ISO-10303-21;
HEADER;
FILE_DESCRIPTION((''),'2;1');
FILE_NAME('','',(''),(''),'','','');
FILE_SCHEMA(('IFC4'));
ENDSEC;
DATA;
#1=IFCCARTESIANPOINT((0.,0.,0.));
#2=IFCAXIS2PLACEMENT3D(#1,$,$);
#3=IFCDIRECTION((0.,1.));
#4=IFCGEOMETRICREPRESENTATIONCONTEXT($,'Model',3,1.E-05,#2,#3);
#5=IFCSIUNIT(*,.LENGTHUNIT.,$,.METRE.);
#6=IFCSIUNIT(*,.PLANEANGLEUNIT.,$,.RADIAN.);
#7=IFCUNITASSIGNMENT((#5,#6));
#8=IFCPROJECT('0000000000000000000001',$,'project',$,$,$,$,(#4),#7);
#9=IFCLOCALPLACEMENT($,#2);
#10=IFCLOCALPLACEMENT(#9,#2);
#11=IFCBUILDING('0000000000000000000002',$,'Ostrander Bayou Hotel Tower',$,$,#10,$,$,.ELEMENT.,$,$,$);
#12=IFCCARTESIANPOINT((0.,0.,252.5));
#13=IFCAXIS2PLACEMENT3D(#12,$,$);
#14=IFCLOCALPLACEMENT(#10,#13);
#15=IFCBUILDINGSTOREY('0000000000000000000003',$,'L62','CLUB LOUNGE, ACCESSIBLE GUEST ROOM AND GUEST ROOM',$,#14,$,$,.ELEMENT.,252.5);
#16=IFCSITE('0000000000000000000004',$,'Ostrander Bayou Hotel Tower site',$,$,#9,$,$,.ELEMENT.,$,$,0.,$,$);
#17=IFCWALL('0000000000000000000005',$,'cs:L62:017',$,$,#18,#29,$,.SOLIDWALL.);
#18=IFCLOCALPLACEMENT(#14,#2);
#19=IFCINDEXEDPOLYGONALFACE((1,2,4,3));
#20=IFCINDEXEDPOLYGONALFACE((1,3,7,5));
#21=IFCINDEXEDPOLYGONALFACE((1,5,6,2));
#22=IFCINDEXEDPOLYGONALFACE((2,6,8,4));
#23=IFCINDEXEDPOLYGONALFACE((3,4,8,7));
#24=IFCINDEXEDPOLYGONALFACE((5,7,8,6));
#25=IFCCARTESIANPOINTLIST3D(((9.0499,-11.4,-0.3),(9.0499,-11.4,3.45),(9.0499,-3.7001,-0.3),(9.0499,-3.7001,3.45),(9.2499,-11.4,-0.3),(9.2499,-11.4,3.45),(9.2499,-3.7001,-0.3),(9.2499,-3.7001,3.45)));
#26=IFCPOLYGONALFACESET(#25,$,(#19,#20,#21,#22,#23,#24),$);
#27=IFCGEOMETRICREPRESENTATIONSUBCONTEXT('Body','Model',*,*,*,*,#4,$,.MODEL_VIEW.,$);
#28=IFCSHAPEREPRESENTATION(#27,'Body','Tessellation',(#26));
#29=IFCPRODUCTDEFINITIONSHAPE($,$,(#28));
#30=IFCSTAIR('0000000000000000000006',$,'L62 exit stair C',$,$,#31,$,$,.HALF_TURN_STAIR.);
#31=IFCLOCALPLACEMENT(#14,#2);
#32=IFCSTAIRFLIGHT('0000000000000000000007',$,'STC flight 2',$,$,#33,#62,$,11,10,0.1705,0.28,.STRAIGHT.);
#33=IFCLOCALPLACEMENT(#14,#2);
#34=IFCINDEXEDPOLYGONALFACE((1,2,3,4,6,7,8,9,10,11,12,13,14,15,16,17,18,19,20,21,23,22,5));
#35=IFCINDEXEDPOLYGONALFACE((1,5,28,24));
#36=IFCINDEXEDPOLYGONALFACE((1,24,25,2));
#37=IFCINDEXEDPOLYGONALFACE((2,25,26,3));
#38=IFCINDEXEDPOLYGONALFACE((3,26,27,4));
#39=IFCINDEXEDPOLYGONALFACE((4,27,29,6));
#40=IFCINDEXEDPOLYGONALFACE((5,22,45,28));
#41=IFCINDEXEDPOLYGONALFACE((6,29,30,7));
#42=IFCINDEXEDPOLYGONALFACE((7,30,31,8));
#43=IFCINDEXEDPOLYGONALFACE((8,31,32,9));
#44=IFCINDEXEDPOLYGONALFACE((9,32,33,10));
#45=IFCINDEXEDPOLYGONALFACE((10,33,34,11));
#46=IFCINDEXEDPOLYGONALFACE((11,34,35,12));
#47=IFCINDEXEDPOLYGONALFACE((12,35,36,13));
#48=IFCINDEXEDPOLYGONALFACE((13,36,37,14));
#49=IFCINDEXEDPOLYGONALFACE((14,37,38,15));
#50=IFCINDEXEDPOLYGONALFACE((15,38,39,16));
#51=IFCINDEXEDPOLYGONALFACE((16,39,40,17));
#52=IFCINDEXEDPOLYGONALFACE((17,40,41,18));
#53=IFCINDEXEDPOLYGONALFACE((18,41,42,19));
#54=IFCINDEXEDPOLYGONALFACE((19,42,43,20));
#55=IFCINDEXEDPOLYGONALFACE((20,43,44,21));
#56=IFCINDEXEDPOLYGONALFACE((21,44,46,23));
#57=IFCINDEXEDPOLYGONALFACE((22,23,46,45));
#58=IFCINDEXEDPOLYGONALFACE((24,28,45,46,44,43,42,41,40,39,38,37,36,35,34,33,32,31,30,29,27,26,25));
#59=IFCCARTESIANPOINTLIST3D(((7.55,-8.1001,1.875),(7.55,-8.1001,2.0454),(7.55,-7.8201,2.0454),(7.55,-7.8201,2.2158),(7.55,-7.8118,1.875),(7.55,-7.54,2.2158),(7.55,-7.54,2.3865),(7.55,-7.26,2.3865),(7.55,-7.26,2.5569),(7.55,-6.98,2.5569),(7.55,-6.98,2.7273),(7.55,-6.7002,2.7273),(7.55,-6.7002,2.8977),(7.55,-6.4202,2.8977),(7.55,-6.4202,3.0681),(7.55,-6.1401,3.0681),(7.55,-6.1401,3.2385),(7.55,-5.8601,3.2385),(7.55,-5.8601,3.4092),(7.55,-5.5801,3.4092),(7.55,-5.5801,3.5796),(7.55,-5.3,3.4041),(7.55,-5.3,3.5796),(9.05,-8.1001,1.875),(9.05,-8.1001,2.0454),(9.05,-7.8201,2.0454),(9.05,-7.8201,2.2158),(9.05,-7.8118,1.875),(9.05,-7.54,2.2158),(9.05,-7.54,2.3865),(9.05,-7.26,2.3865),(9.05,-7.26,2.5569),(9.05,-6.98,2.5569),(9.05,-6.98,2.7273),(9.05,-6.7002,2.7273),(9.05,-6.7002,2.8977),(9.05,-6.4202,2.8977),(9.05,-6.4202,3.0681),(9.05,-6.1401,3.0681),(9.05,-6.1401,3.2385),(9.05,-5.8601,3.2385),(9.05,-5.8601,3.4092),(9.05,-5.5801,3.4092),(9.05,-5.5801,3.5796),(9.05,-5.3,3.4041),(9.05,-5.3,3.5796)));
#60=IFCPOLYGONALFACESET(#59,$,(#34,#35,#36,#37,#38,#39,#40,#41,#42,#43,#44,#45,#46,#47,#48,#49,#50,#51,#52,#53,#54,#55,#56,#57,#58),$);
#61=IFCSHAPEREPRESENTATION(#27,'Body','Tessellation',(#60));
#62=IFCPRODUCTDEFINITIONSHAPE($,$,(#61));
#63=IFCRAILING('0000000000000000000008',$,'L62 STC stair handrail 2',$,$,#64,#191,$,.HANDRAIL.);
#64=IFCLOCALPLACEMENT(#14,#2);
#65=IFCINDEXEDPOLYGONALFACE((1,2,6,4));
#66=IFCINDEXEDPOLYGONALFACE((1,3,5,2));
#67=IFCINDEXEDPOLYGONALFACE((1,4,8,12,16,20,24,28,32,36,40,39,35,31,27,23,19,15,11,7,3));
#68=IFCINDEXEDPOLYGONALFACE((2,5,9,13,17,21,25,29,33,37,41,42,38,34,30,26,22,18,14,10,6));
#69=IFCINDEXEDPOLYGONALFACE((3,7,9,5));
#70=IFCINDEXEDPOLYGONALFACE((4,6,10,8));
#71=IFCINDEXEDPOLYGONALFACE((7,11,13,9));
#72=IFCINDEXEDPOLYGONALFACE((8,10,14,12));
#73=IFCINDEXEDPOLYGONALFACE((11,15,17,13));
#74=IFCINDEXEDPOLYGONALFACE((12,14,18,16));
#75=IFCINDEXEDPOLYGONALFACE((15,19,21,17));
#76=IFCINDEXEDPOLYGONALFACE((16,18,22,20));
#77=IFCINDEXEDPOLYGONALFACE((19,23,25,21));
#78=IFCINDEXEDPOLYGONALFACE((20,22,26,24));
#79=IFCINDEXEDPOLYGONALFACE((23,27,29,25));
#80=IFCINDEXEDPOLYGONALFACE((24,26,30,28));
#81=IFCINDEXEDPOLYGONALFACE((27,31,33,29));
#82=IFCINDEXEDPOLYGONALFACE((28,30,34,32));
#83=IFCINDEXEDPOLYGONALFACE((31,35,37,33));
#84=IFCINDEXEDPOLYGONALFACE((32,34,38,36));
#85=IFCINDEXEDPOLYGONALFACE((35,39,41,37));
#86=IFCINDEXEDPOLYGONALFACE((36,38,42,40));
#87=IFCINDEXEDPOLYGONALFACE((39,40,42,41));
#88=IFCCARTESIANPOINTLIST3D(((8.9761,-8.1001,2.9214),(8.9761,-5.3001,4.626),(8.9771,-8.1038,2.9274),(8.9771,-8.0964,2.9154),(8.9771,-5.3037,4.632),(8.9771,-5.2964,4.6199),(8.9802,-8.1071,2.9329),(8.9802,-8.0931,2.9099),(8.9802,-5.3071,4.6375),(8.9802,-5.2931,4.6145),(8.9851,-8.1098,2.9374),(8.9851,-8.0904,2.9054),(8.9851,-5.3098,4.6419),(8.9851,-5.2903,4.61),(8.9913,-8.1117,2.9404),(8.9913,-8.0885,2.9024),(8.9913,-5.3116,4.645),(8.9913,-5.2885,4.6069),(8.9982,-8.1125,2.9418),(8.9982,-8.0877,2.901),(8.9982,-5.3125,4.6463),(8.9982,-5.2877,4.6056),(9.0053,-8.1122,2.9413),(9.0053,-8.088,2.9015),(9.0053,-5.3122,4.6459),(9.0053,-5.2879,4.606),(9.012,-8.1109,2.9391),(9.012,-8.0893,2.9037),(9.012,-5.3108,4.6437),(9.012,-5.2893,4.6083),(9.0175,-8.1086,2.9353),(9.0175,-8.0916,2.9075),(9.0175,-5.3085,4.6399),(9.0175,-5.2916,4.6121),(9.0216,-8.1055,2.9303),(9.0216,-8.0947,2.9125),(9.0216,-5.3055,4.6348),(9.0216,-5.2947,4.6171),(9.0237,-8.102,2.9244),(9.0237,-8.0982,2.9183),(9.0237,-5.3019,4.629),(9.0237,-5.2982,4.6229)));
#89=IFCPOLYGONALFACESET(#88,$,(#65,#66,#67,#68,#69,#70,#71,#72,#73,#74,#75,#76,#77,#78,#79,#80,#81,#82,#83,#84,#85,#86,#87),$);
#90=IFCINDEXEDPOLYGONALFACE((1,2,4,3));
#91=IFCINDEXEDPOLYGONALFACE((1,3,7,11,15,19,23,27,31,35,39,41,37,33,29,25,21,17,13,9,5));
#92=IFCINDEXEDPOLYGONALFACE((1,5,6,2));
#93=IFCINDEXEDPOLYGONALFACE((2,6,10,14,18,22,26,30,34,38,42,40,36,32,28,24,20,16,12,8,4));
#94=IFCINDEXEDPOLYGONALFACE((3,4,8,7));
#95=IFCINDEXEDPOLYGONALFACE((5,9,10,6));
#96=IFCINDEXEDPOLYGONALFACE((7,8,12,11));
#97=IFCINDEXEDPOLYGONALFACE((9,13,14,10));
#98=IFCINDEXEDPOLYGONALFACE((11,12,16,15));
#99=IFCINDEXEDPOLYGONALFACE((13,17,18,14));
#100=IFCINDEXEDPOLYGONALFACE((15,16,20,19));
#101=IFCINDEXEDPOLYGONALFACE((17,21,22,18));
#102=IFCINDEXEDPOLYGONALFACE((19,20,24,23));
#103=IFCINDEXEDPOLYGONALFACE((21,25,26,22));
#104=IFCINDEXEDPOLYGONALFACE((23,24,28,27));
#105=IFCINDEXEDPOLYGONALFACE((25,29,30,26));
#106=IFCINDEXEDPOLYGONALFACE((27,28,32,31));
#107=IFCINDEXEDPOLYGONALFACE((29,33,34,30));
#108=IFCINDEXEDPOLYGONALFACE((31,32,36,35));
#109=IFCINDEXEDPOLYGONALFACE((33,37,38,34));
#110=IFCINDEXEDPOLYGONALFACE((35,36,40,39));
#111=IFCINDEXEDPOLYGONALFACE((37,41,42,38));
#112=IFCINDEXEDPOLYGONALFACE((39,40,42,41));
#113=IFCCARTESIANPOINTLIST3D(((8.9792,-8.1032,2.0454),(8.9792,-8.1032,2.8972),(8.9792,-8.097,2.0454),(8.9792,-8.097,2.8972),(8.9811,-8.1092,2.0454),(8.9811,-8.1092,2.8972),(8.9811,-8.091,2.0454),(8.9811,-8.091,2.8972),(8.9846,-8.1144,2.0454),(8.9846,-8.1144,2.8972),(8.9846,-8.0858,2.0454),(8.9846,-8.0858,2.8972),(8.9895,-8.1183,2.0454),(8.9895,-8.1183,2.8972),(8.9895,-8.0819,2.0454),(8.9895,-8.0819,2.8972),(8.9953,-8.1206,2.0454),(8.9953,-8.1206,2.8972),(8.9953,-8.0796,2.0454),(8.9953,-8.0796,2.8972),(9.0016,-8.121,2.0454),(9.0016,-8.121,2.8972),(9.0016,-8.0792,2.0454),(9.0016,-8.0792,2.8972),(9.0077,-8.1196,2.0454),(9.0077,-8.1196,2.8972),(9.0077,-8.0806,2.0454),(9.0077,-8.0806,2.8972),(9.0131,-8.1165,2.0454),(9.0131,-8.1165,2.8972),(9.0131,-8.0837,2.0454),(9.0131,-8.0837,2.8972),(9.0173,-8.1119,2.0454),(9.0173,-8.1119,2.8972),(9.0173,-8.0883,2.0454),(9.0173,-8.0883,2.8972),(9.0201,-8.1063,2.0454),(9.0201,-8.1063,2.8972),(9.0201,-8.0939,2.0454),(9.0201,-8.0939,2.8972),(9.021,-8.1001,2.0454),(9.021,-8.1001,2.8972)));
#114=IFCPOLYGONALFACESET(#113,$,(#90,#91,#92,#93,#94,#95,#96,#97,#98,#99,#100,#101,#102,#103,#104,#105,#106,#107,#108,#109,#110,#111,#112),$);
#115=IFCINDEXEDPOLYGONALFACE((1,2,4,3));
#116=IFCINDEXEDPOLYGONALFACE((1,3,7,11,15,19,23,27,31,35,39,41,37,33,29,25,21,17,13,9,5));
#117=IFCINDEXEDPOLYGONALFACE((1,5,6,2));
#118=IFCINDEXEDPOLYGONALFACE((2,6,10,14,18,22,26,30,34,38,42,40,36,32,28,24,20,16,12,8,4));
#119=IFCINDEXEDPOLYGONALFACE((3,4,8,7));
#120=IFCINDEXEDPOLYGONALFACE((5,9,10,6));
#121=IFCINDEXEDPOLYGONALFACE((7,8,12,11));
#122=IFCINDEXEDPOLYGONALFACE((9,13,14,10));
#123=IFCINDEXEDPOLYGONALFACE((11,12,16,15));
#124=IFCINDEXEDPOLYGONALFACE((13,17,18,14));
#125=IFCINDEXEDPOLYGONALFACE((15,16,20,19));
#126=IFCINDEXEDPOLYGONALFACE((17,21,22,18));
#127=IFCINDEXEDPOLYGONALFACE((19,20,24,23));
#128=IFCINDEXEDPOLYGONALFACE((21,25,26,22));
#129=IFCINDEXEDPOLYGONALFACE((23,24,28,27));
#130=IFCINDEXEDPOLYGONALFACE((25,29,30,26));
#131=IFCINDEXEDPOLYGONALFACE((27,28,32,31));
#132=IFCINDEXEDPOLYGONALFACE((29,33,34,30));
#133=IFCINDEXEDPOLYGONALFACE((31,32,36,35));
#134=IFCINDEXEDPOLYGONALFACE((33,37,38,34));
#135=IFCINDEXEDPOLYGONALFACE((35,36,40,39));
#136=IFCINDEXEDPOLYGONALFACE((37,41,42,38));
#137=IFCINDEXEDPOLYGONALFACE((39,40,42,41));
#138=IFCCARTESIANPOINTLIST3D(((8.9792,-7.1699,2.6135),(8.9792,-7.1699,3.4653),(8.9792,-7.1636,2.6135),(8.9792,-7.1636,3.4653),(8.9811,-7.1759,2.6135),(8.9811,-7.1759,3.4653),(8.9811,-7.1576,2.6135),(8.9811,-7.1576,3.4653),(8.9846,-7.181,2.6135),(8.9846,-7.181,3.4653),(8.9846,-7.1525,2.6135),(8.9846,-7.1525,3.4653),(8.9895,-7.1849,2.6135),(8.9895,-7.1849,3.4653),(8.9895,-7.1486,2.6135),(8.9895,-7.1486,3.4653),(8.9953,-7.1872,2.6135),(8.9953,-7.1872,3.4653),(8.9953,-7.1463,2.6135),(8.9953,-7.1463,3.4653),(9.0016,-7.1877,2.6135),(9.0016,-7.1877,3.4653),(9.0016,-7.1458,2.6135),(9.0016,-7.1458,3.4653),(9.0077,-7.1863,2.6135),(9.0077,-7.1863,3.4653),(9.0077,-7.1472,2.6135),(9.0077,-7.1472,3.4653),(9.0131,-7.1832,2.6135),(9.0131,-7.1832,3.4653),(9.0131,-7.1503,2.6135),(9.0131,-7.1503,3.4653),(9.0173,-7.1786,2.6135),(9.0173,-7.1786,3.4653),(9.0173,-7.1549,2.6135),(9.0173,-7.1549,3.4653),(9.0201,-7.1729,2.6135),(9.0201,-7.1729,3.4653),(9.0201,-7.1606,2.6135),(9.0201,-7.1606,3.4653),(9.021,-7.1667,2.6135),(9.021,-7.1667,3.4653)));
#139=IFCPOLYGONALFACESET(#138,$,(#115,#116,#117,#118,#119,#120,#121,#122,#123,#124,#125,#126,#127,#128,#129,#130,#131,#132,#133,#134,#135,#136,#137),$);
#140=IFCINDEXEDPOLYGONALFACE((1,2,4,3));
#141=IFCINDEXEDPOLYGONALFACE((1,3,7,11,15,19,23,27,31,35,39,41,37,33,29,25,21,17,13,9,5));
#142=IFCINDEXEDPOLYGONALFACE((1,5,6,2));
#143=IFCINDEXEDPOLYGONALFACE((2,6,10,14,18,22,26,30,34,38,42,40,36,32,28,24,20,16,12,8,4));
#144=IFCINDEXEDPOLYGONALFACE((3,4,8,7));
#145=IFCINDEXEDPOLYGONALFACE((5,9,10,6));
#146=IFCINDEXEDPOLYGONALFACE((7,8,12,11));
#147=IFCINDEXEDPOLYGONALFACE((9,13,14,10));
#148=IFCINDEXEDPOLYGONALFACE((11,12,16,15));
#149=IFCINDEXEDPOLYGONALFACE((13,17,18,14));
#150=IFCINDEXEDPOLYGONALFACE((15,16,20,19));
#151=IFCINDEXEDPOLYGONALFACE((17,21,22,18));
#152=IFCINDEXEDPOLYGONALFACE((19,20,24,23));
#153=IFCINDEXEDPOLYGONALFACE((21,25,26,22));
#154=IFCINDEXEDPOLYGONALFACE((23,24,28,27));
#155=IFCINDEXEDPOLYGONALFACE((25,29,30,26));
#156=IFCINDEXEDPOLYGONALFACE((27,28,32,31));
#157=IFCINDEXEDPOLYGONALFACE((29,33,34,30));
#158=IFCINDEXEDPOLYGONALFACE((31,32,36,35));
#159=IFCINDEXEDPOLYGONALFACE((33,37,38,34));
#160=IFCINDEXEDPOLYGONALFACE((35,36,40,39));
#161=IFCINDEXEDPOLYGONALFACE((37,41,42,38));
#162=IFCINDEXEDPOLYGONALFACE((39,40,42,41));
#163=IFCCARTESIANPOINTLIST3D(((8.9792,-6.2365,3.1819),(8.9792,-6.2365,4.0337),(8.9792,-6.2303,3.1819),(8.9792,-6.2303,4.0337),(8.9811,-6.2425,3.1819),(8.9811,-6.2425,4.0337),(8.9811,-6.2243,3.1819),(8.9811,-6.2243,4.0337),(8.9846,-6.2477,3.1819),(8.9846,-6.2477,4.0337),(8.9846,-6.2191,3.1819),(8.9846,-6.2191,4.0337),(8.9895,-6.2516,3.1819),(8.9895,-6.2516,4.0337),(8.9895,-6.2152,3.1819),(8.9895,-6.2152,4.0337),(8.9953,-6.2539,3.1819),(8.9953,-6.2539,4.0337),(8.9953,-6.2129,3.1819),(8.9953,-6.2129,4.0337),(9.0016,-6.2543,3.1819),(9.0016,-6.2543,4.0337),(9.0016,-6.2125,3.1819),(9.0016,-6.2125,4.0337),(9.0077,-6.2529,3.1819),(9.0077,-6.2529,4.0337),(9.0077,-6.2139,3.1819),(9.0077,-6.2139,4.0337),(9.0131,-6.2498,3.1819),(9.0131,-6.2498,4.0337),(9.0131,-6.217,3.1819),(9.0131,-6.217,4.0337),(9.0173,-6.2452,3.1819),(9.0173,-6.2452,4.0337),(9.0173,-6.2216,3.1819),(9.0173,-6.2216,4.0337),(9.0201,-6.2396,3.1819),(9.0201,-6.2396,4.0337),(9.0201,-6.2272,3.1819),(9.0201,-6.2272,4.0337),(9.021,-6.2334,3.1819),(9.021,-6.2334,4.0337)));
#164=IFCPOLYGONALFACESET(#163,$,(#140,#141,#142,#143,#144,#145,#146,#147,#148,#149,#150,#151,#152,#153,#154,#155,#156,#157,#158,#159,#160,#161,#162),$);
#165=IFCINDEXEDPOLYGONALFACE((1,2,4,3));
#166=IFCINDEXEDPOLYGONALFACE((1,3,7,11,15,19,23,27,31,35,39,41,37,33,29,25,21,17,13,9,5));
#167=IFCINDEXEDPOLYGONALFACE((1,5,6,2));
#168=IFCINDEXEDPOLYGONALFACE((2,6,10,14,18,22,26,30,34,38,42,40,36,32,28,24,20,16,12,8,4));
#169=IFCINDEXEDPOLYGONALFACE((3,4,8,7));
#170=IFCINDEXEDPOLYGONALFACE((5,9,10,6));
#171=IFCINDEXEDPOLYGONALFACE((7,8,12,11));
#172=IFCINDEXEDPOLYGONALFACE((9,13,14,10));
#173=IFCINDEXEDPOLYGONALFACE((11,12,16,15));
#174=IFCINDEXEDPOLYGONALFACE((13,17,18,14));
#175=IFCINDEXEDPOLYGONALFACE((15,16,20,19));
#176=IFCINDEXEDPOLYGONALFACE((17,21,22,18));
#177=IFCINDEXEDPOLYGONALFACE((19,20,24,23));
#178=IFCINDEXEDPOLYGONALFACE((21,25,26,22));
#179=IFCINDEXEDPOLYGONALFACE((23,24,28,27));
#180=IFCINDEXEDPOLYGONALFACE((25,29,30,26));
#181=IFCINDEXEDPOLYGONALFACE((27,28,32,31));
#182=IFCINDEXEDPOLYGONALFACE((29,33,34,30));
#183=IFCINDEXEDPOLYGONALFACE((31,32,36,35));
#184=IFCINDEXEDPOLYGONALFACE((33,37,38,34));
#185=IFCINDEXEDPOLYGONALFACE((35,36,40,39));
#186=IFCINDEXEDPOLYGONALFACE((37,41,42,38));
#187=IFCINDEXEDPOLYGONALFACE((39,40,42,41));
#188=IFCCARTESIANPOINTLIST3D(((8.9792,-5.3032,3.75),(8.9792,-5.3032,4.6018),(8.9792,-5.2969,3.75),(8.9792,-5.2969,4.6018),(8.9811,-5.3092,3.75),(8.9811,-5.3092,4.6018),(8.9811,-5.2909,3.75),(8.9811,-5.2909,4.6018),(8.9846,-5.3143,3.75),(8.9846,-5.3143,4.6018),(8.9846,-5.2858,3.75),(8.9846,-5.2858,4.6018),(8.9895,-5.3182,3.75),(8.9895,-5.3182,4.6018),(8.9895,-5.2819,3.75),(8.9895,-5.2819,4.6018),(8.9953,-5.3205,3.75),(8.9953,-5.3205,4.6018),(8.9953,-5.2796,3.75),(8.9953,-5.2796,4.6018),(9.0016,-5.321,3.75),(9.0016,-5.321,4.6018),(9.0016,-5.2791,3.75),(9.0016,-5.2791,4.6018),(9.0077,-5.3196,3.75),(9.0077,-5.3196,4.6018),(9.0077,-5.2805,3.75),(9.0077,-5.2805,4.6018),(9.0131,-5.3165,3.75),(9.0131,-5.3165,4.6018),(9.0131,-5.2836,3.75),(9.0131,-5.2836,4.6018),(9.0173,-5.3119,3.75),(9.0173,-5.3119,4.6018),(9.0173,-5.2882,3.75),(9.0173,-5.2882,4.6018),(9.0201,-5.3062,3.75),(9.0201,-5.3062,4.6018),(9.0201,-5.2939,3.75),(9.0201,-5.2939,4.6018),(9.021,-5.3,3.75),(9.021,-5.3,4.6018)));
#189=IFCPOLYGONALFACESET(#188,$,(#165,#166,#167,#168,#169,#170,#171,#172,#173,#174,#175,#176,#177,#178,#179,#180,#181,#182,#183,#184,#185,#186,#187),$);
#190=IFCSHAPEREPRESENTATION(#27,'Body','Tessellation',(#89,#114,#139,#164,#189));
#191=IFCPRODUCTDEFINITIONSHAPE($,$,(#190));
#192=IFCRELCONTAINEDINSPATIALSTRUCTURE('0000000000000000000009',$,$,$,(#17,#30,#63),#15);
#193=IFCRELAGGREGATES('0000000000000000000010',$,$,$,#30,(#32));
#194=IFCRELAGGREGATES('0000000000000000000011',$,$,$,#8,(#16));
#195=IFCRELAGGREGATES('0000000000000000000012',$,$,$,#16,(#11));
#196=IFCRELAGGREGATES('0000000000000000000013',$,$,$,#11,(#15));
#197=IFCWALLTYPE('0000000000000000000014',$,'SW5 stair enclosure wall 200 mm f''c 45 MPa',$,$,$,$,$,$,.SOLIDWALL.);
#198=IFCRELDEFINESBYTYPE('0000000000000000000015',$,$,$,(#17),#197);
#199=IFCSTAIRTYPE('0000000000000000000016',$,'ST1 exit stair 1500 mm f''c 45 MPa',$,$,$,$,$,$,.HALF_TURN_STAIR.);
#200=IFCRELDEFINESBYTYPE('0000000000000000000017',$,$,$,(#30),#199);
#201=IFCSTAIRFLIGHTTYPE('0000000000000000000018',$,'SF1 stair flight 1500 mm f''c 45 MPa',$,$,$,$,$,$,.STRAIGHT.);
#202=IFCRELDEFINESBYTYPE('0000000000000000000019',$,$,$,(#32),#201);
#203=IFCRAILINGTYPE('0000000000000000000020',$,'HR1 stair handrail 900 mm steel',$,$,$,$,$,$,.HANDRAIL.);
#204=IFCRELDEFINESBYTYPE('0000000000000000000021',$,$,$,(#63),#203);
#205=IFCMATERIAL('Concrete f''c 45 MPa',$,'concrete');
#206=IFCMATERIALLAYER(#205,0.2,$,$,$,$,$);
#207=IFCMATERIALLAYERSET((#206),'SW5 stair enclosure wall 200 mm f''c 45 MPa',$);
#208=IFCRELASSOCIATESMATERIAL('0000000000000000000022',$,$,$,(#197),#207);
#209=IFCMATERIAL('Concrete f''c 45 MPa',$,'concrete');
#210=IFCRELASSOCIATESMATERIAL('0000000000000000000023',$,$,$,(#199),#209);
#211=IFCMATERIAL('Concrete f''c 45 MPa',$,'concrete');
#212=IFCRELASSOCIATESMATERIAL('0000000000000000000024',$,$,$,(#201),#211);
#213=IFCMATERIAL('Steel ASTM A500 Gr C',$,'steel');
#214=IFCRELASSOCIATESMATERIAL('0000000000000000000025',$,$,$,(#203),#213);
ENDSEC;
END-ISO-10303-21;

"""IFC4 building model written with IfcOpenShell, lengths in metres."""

from ifc_helpers import new_model, si_unit, direction, frame, frame_2d, origin, origin_2d, place, context, subcontext, project, spatial, polyline, rectangle, circle, outline, extrude, material, layer, layer_set, type_object, element, aggregate, save


model = new_model("IFC4")

# Units and contexts
model_context = context("Model", 3, precision=1e-05, world=origin(), true_north=direction((0.0, 1.0)))
body_context = subcontext(model_context, "Body", "Model", "MODEL_VIEW")
ifc_project = project(units=[si_unit("LENGTHUNIT", "METRE"), si_unit("PLANEANGLEUNIT", "RADIAN")], contexts=[model_context])

# Site, building, storey
site_placement = place(None, origin())
site = spatial("IfcSite", under=ifc_project, at=site_placement, Name="Ostrander Bayou Hotel Tower site", CompositionType="ELEMENT", RefElevation=0.0)
building_placement = place(site_placement, origin())
building = spatial("IfcBuilding", under=site, at=building_placement, Name="Ostrander Bayou Hotel Tower", CompositionType="ELEMENT")
storey_placement = place(building_placement, frame((0.0, 0.0, 252.5)))
storey = spatial("IfcBuildingStorey", under=building, at=storey_placement, Name="L62", Description="CLUB LOUNGE, ACCESSIBLE GUEST ROOM AND GUEST ROOM", CompositionType="ELEMENT", Elevation=252.5)

# Wall
ifc_material_1 = material(Name="Concrete f'c 45 MPa", Category="concrete")
ifc_layer_1 = layer(ifc_material_1, 0.2)
ifc_layer_set_1 = layer_set([ifc_layer_1], Name="SW5 stair enclosure wall 200 mm f'c 45 MPa")
wall_type_1 = type_object("IfcWallType", Name="SW5 stair enclosure wall 200 mm f'c 45 MPa", PredefinedType="SOLIDWALL", material=ifc_layer_set_1)
wall_1_placement = place(storey_placement, frame((9.1499, -3.7, -0.3), z_axis=(0.0, 0.0, 1.0), x_axis=(0.0, -1.0, 0.0)))
element("IfcWall", 1, at=wall_1_placement, inside=storey, type_object=wall_type_1, Name="cs:L62:017", PredefinedType="SOLIDWALL", context=body_context, shape_type="SweptSolid", body=[
    extrude(rectangle(XDim=7.7, YDim=0.2, at=frame_2d((3.8501, 0.0))), origin(), (0.0, 0.0, 1.0), 3.75),
])

# Stair, stair flight
ifc_material_2 = material(Name="Concrete f'c 45 MPa", Category="concrete")
stair_type = type_object("IfcStairType", Name="ST1 exit stair 1500 mm f'c 45 MPa", PredefinedType="HALF_TURN_STAIR", material=ifc_material_2)
stair_placement = place(storey_placement, origin())
stair = element("IfcStair", 2, at=stair_placement, inside=storey, type_object=stair_type, Name="L62 exit stair C", PredefinedType="HALF_TURN_STAIR")
ifc_material_3 = material(Name="Concrete f'c 45 MPa", Category="concrete")
stair_flight_type = type_object("IfcStairFlightType", Name="SF1 stair flight 1500 mm f'c 45 MPa", PredefinedType="STRAIGHT", material=ifc_material_3)
stair_flight_placement = place(storey_placement, frame((8.3, -8.1001, 1.875), z_axis=(0.0, 0.0, 1.0), x_axis=(0.0, 1.0, 0.0)))
stair_flight = element("IfcStairFlight", 3, at=stair_flight_placement, type_object=stair_flight_type, Name="STC flight 2", NumberOfRisers=11, NumberOfTreads=10, PredefinedType="STRAIGHT", RiserHeight=0.1705, TreadLength=0.28, context=body_context, shape_type="SweptSolid", body=[
    extrude(outline(polyline([(0.0, 0.0), (0.0, 0.1704), (0.28, 0.1704), (0.28, 0.3408), (0.5601, 0.3408), (0.5601, 0.5115), (0.8401, 0.5115), (0.8401, 0.6819), (1.1201, 0.6819), (1.1201, 0.8523), (1.3999, 0.8523), (1.3999, 1.0227), (1.6799, 1.0227), (1.6799, 1.1931), (1.96, 1.1931), (1.96, 1.3635), (2.24, 1.3635), (2.24, 1.5342), (2.52, 1.5342), (2.52, 1.7046), (2.8, 1.7046), (2.8, 1.875), (2.8, 1.5291), (0.2883, 0.0), (0.0, 0.0)])), frame((0.0, 0.75, 0.0), z_axis=(0.0, -1.0, 0.0), x_axis=(1.0, 0.0, 0.0)), (0.0, 0.0, 1.0), 1.5),
])
aggregate(stair, [stair_flight])

# Railing
ifc_material_4 = material(Name="Steel ASTM A500 Gr C", Category="steel")
railing_type = type_object("IfcRailingType", Name="HR1 stair handrail 900 mm steel", PredefinedType="HANDRAIL", material=ifc_material_4)
railing_placement = place(storey_placement, frame((9.0, -8.1001, 2.0454)))
element("IfcRailing", 4, at=railing_placement, inside=storey, type_object=railing_type, Name="L62 STC stair handrail 2", PredefinedType="HANDRAIL", context=body_context, shape_type="SweptSolid", body=[
    extrude(circle(Radius=0.0239, at=origin_2d()), frame((0.0, 0.0, 0.876), z_axis=(0.0, 0.85417, 0.519994), x_axis=(-1.0, 0.0, 0.0)), (0.0, 0.0, 1.0), 3.2781),
    extrude(circle(Radius=0.021, at=origin_2d()), origin(), (0.0, 0.0, 1.0), 0.8518),
    extrude(circle(Radius=0.021, at=origin_2d()), frame((0.0, 0.9333, 0.5681)), (0.0, 0.0, 1.0), 0.8518),
    extrude(circle(Radius=0.021, at=origin_2d()), frame((0.0, 1.8667, 1.1365)), (0.0, 0.0, 1.0), 0.8518),
    extrude(circle(Radius=0.021, at=origin_2d()), frame((0.0, 2.8, 1.7046)), (0.0, 0.0, 1.0), 0.8518),
])

save(model, "model.ifc")
